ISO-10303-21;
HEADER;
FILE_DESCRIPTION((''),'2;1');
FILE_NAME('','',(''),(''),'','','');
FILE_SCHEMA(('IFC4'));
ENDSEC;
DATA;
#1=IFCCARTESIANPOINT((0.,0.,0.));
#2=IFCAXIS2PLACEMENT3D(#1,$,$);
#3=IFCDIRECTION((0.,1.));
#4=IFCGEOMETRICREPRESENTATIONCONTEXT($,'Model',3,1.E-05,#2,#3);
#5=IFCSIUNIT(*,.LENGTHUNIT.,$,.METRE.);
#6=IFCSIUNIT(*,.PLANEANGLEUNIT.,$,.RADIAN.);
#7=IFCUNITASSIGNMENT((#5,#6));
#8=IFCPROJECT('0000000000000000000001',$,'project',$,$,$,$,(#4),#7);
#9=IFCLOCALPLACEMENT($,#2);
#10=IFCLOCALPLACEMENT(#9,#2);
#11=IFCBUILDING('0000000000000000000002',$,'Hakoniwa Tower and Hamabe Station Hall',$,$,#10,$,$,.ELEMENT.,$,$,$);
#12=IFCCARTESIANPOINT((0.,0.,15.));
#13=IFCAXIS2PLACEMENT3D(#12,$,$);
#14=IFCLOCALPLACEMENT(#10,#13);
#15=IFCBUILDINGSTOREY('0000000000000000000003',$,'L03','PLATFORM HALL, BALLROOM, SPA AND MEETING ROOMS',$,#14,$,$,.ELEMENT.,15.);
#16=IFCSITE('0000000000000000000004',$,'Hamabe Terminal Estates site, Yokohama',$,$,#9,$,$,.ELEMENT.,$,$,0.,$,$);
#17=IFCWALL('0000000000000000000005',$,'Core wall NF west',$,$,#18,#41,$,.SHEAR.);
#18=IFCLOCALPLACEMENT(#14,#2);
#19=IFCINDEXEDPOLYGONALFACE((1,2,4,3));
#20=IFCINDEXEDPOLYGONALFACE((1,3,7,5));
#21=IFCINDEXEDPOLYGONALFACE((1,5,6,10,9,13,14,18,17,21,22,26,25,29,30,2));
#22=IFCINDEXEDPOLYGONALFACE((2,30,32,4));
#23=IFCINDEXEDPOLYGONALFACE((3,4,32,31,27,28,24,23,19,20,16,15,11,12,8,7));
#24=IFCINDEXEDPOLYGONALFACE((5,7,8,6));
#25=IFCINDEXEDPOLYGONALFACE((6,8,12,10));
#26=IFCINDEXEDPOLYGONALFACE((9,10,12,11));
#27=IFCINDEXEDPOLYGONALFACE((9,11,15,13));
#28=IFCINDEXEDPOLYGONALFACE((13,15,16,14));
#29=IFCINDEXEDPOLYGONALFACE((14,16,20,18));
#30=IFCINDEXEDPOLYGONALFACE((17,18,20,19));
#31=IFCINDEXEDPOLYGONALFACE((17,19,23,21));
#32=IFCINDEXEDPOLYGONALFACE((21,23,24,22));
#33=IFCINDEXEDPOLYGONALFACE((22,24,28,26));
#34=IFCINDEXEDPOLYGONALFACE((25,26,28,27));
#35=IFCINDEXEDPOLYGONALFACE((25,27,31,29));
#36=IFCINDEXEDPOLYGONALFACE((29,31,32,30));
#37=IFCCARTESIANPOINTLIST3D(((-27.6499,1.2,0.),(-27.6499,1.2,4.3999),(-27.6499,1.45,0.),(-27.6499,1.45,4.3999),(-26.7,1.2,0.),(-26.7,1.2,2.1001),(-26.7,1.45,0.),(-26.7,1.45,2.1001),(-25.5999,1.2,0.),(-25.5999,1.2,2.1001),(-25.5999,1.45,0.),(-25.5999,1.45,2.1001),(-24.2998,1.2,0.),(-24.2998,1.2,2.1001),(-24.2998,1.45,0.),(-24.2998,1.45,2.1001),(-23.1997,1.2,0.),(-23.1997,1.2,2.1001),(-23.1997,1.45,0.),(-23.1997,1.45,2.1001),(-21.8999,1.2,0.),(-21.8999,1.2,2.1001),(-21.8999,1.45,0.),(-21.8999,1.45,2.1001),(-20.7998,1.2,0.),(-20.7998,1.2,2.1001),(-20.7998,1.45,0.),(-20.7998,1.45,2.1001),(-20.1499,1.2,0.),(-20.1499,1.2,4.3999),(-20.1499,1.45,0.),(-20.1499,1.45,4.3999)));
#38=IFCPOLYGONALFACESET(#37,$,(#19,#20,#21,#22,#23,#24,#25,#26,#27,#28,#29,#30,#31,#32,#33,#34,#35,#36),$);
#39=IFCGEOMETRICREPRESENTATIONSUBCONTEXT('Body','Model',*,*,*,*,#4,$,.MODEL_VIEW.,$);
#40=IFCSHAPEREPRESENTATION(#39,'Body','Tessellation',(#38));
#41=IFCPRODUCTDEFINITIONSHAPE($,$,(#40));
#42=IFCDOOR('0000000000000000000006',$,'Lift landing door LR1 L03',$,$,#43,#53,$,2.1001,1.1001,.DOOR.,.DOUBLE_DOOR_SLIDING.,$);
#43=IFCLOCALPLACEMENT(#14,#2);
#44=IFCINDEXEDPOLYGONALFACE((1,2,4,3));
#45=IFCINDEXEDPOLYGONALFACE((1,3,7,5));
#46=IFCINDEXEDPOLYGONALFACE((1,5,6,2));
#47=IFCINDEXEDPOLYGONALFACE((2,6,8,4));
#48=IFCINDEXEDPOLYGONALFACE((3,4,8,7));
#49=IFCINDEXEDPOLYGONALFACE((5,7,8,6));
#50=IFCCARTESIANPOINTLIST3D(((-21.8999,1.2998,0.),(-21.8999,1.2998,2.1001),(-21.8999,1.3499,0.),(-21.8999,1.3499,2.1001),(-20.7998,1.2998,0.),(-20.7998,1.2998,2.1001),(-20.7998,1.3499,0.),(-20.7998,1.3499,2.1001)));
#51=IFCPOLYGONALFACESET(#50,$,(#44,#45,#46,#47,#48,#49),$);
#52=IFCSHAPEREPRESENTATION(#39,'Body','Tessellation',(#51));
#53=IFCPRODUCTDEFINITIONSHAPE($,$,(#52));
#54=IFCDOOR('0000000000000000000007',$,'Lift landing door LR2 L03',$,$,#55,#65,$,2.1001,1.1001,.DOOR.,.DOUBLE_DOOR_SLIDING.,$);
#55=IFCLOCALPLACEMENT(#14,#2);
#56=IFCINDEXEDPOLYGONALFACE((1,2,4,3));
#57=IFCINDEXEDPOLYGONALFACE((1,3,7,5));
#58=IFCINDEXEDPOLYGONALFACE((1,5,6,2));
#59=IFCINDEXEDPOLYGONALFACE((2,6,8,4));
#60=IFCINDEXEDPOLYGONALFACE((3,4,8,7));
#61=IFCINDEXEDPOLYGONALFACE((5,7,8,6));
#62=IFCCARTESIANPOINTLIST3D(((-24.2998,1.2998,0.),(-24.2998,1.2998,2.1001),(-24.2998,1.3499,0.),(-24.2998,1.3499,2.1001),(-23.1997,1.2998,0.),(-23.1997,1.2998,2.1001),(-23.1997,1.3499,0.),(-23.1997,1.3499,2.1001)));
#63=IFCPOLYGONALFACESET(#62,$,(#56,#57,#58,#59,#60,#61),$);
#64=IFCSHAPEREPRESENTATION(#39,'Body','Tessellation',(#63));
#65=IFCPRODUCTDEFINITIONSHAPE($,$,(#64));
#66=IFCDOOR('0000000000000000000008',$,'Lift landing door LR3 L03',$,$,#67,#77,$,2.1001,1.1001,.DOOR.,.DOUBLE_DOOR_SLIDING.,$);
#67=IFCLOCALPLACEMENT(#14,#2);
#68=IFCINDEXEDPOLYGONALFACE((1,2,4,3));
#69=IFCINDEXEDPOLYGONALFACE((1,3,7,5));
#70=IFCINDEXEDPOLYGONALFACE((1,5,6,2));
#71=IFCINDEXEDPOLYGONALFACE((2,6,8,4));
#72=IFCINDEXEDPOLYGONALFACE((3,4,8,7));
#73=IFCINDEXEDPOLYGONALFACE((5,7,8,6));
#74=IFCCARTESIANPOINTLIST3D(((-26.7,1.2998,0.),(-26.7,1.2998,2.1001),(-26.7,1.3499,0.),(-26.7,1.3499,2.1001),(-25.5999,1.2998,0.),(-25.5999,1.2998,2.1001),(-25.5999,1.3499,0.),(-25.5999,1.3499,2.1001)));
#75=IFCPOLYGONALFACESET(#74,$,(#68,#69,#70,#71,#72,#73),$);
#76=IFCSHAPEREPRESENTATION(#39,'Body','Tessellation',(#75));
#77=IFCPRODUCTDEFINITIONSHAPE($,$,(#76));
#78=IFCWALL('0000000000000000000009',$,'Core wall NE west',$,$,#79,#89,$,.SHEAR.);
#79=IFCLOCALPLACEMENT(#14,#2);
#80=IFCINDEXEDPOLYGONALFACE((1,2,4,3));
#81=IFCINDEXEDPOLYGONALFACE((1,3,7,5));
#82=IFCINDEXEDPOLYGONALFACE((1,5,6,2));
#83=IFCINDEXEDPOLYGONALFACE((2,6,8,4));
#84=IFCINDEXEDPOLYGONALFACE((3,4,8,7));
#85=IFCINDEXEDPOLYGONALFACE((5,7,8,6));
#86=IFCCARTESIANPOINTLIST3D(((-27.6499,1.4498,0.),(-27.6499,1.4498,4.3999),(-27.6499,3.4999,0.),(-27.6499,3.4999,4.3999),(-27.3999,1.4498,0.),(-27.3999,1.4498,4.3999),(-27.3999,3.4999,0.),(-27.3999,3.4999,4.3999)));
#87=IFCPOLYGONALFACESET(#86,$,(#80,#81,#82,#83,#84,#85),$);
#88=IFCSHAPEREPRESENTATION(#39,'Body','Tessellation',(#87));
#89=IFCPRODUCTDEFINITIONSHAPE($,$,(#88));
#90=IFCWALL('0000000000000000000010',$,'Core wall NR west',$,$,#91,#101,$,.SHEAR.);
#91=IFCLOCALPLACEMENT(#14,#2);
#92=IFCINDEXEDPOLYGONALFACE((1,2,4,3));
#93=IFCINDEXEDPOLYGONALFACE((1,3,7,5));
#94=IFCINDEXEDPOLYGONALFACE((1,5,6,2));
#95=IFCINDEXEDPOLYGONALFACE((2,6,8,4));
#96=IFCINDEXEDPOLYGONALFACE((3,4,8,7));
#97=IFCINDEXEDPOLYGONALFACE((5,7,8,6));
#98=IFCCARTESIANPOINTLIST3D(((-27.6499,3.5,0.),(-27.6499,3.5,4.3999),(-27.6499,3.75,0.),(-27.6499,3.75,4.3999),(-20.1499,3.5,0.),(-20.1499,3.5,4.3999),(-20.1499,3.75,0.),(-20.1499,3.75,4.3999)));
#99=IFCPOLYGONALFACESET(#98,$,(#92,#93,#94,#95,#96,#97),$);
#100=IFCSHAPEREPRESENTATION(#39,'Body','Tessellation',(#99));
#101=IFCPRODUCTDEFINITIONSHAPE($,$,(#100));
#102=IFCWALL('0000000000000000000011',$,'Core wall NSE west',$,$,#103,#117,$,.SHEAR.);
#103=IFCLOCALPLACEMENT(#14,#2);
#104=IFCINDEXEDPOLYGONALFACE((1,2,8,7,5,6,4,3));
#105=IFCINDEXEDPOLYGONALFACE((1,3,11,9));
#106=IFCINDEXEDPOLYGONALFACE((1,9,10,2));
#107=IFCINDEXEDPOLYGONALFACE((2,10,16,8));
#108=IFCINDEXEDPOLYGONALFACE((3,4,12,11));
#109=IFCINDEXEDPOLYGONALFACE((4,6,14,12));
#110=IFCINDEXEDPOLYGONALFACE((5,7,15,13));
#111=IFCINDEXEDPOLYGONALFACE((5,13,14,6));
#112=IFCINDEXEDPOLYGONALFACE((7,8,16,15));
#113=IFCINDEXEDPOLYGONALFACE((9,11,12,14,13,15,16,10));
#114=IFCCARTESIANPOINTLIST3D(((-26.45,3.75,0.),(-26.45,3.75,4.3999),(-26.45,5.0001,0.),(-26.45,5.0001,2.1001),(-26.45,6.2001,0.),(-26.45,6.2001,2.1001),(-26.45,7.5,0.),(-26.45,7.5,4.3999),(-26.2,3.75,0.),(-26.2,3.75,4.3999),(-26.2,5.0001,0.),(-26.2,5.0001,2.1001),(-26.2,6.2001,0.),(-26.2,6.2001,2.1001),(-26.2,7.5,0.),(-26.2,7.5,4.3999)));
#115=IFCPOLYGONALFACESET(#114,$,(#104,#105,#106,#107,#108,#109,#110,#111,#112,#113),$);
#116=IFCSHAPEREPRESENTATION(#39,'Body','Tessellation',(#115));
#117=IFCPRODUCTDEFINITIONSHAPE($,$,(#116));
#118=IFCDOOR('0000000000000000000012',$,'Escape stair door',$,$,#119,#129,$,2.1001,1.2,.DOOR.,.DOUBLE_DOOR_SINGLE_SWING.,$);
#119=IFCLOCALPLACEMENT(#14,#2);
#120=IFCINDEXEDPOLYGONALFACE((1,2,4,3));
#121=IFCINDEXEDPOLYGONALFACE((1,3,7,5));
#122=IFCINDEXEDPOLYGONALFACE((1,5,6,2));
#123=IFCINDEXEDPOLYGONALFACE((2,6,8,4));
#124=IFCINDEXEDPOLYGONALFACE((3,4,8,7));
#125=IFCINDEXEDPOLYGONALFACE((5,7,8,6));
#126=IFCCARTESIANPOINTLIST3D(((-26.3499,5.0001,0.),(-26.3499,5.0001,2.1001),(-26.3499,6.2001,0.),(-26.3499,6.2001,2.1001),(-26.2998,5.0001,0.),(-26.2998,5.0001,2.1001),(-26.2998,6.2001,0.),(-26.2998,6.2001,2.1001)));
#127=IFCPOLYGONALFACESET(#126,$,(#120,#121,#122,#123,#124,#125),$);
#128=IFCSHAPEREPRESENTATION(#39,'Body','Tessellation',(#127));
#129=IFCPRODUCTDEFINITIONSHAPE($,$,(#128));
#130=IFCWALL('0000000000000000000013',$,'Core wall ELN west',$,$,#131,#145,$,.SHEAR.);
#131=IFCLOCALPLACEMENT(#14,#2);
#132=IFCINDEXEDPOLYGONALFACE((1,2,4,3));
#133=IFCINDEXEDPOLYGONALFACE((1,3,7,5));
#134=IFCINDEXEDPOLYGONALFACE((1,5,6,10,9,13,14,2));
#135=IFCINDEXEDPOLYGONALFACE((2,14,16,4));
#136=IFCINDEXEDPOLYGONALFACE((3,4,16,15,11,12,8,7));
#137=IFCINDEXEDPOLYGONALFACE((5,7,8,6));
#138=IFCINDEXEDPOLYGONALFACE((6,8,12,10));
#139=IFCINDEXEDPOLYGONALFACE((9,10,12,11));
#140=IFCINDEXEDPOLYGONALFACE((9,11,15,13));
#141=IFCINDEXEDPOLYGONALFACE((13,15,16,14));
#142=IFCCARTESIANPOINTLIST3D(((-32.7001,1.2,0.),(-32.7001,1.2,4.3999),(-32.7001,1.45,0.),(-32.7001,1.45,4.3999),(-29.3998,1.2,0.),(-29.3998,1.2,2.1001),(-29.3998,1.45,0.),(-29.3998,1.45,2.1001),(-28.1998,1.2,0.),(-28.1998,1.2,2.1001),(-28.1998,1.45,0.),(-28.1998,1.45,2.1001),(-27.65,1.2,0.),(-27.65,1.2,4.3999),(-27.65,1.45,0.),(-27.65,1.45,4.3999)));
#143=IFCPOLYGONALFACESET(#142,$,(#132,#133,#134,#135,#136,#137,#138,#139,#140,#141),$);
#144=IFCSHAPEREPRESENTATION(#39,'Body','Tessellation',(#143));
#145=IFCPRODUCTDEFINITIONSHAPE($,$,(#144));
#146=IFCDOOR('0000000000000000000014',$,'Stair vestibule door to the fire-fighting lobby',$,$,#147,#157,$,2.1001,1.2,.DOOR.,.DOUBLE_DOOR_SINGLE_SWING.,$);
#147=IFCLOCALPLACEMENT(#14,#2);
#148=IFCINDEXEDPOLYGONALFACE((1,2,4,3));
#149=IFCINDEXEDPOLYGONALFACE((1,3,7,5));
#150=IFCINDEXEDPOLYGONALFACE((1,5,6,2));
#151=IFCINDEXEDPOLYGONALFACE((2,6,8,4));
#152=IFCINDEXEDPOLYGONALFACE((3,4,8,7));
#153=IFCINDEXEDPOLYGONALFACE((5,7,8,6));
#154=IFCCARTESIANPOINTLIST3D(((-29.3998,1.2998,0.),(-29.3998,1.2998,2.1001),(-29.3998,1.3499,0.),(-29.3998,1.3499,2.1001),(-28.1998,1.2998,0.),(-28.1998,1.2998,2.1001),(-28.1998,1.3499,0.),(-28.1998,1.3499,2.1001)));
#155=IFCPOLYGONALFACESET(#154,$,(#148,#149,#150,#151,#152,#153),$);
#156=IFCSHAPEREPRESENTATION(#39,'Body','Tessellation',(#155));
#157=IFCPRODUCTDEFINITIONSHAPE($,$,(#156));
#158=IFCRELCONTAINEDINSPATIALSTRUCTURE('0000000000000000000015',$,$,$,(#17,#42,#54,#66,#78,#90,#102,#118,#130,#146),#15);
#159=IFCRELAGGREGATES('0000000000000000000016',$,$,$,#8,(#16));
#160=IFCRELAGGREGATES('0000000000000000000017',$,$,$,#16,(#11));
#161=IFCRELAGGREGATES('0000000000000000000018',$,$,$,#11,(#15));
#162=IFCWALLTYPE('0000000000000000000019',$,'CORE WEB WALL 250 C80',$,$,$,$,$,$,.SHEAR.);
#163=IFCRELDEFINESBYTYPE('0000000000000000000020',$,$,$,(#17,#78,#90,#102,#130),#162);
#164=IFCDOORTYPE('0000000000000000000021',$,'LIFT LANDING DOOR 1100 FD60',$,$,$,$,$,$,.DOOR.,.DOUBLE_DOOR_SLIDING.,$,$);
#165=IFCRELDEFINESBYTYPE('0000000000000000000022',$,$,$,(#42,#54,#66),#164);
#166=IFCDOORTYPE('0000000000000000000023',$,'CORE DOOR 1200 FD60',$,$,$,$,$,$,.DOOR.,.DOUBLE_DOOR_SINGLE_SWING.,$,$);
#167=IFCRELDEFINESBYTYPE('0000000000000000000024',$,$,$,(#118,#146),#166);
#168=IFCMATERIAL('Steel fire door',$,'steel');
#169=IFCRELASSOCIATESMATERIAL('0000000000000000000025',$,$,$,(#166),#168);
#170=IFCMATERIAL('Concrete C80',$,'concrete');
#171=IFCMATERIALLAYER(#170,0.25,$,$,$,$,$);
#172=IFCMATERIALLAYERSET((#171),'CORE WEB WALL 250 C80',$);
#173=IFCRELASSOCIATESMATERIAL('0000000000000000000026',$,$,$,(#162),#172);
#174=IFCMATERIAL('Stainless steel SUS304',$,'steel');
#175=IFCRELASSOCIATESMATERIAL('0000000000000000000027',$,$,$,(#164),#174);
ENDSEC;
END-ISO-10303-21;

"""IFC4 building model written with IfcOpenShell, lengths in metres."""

from ifc_helpers import new_model, si_unit, direction, frame, frame_2d, origin, place, context, subcontext, project, spatial, rectangle, extrude, material, layer, layer_set, type_object, element, fill, save


model = new_model("IFC4")

# Units and contexts
model_context = context("Model", 3, precision=1e-05, world=origin(), true_north=direction((0.0, 1.0)))
body_context = subcontext(model_context, "Body", "Model", "MODEL_VIEW")
ifc_project = project(units=[si_unit("LENGTHUNIT", "METRE"), si_unit("PLANEANGLEUNIT", "RADIAN")], contexts=[model_context])

# Site, building, storey
site_placement = place(None, origin())
site = spatial("IfcSite", under=ifc_project, at=site_placement, Name="Hamabe Terminal Estates site, Yokohama", CompositionType="ELEMENT", RefElevation=0.0)
building_placement = place(site_placement, origin())
building = spatial("IfcBuilding", under=site, at=building_placement, Name="Hakoniwa Tower and Hamabe Station Hall", CompositionType="ELEMENT")
storey_placement = place(building_placement, frame((0.0, 0.0, 15.0)))
storey = spatial("IfcBuildingStorey", under=building, at=storey_placement, Name="L03", Description="PLATFORM HALL, BALLROOM, SPA AND MEETING ROOMS", CompositionType="ELEMENT", Elevation=15.0)

# Shared definitions
ifc_material_1 = material(Name="Steel fire door", Category="steel")
door_type_1 = type_object("IfcDoorType", Name="CORE DOOR 1200 FD60", OperationType="DOUBLE_DOOR_SINGLE_SWING", PredefinedType="DOOR", material=ifc_material_1)

# Shared definitions
ifc_material_2 = material(Name="Concrete C80", Category="concrete")
ifc_layer_1 = layer(ifc_material_2, 0.25)
ifc_layer_set_1 = layer_set([ifc_layer_1], Name="CORE WEB WALL 250 C80")
wall_type_1 = type_object("IfcWallType", Name="CORE WEB WALL 250 C80", PredefinedType="SHEAR", material=ifc_layer_set_1)

# Wall, openings, doors
wall_1_placement = place(storey_placement, frame((-27.6499, 1.325, 0.0), z_axis=(0.0, 0.0, 1.0), x_axis=(1.0, 0.0, 0.0)))
wall_1 = element("IfcWall", 1, at=wall_1_placement, inside=storey, type_object=wall_type_1, Name="Core wall NF west", PredefinedType="SHEAR", context=body_context, shape_type="SweptSolid", body=[
    extrude(rectangle(XDim=7.5, YDim=0.25, at=frame_2d((3.75, 0.0))), origin(), (0.0, 0.0, 1.0), 4.3999),
])
opening_1_placement = place(wall_1_placement, frame((5.75, 0.0, 0.0)))
opening_1 = element("IfcOpeningElement", 2, at=opening_1_placement, cuts=wall_1, PredefinedType="OPENING", context=body_context, shape_type="SweptSolid", body=[
    extrude(rectangle(XDim=1.1001, YDim=2.1001, at=frame_2d((0.55, 1.05))), frame((0.0, 0.135, 0.0), z_axis=(0.0, -1.0, 0.0), x_axis=(1.0, 0.0, 0.0)), (0.0, 0.0, 1.0), 0.27),
])
opening_2_placement = place(wall_1_placement, frame((3.3501, 0.0, 0.0)))
opening_2 = element("IfcOpeningElement", 3, at=opening_2_placement, cuts=wall_1, PredefinedType="OPENING", context=body_context, shape_type="SweptSolid", body=[
    extrude(rectangle(XDim=1.1001, YDim=2.1001, at=frame_2d((0.55, 1.05))), frame((0.0, 0.135, 0.0), z_axis=(0.0, -1.0, 0.0), x_axis=(1.0, 0.0, 0.0)), (0.0, 0.0, 1.0), 0.27),
])
opening_3_placement = place(wall_1_placement, frame((0.95, 0.0, 0.0)))
opening_3 = element("IfcOpeningElement", 4, at=opening_3_placement, cuts=wall_1, PredefinedType="OPENING", context=body_context, shape_type="SweptSolid", body=[
    extrude(rectangle(XDim=1.1001, YDim=2.1001, at=frame_2d((0.55, 1.05))), frame((0.0, 0.135, 0.0), z_axis=(0.0, -1.0, 0.0), x_axis=(1.0, 0.0, 0.0)), (0.0, 0.0, 1.0), 0.27),
])
ifc_material_3 = material(Name="Stainless steel SUS304", Category="steel")
door_type_2 = type_object("IfcDoorType", Name="LIFT LANDING DOOR 1100 FD60", OperationType="DOUBLE_DOOR_SLIDING", PredefinedType="DOOR", material=ifc_material_3)
door_1_placement = place(opening_1_placement, origin())
door_1 = element("IfcDoor", 5, at=door_1_placement, inside=storey, type_object=door_type_2, Name="Lift landing door LR1 L03", OperationType="DOUBLE_DOOR_SLIDING", OverallHeight=2.1001, OverallWidth=1.1001, PredefinedType="DOOR", context=body_context, shape_type="SweptSolid", body=[
    extrude(rectangle(XDim=1.1001, YDim=2.1001, at=frame_2d((0.55, 1.05))), frame((0.0, 0.0249, 0.0), z_axis=(0.0, -1.0, 0.0), x_axis=(1.0, 0.0, 0.0)), (0.0, 0.0, 1.0), 0.05),
])
fill(opening_1, door_1)
door_2_placement = place(opening_2_placement, origin())
door_2 = element("IfcDoor", 6, at=door_2_placement, inside=storey, type_object=door_type_2, Name="Lift landing door LR2 L03", OperationType="DOUBLE_DOOR_SLIDING", OverallHeight=2.1001, OverallWidth=1.1001, PredefinedType="DOOR", context=body_context, shape_type="SweptSolid", body=[
    extrude(rectangle(XDim=1.1001, YDim=2.1001, at=frame_2d((0.55, 1.05))), frame((0.0, 0.0249, 0.0), z_axis=(0.0, -1.0, 0.0), x_axis=(1.0, 0.0, 0.0)), (0.0, 0.0, 1.0), 0.05),
])
fill(opening_2, door_2)
door_3_placement = place(opening_3_placement, origin())
door_3 = element("IfcDoor", 7, at=door_3_placement, inside=storey, type_object=door_type_2, Name="Lift landing door LR3 L03", OperationType="DOUBLE_DOOR_SLIDING", OverallHeight=2.1001, OverallWidth=1.1001, PredefinedType="DOOR", context=body_context, shape_type="SweptSolid", body=[
    extrude(rectangle(XDim=1.1001, YDim=2.1001, at=frame_2d((0.55, 1.05))), frame((0.0, 0.0249, 0.0), z_axis=(0.0, -1.0, 0.0), x_axis=(1.0, 0.0, 0.0)), (0.0, 0.0, 1.0), 0.05),
])
fill(opening_3, door_3)

# Walls
wall_2_placement = place(storey_placement, frame((-27.5249, 1.45, 0.0), z_axis=(0.0, 0.0, 1.0), x_axis=(0.0, 1.0, 0.0)))
element("IfcWall", 8, at=wall_2_placement, inside=storey, type_object=wall_type_1, Name="Core wall NE west", PredefinedType="SHEAR", context=body_context, shape_type="SweptSolid", body=[
    extrude(rectangle(XDim=2.05, YDim=0.25, at=frame_2d((1.0249, 0.0))), origin(), (0.0, 0.0, 1.0), 4.3999),
])
wall_3_placement = place(storey_placement, frame((-27.6499, 3.625, 0.0), z_axis=(0.0, 0.0, 1.0), x_axis=(1.0, 0.0, 0.0)))
element("IfcWall", 9, at=wall_3_placement, inside=storey, type_object=wall_type_1, Name="Core wall NR west", PredefinedType="SHEAR", context=body_context, shape_type="SweptSolid", body=[
    extrude(rectangle(XDim=7.5, YDim=0.25, at=frame_2d((3.75, 0.0))), origin(), (0.0, 0.0, 1.0), 4.3999),
])

# Walls, openings, doors
wall_4_placement = place(storey_placement, frame((-26.325, 3.75, 0.0), z_axis=(0.0, 0.0, 1.0), x_axis=(0.0, 1.0, 0.0)))
wall_4 = element("IfcWall", 10, at=wall_4_placement, inside=storey, type_object=wall_type_1, Name="Core wall NSE west", PredefinedType="SHEAR", context=body_context, shape_type="SweptSolid", body=[
    extrude(rectangle(XDim=3.75, YDim=0.25, at=frame_2d((1.875, 0.0))), origin(), (0.0, 0.0, 1.0), 4.3999),
])
opening_4_placement = place(wall_4_placement, frame((1.25, 0.0, 0.0)))
opening_4 = element("IfcOpeningElement", 11, at=opening_4_placement, cuts=wall_4, PredefinedType="OPENING", context=body_context, shape_type="SweptSolid", body=[
    extrude(rectangle(XDim=1.2, YDim=2.1001, at=frame_2d((0.6001, 1.05))), frame((0.0, 0.135, 0.0), z_axis=(0.0, -1.0, 0.0), x_axis=(1.0, 0.0, 0.0)), (0.0, 0.0, 1.0), 0.27),
])
door_4_placement = place(opening_4_placement, origin())
door_4 = element("IfcDoor", 12, at=door_4_placement, inside=storey, type_object=door_type_1, Name="Escape stair door", OperationType="DOUBLE_DOOR_SINGLE_SWING", OverallHeight=2.1001, OverallWidth=1.2, PredefinedType="DOOR", context=body_context, shape_type="SweptSolid", body=[
    extrude(rectangle(XDim=1.2, YDim=2.1001, at=frame_2d((0.6001, 1.05))), frame((0.0, 0.0249, 0.0), z_axis=(0.0, -1.0, 0.0), x_axis=(1.0, 0.0, 0.0)), (0.0, 0.0, 1.0), 0.05),
])
fill(opening_4, door_4)
wall_5_placement = place(storey_placement, frame((-32.7, 1.325, 0.0), z_axis=(0.0, 0.0, 1.0), x_axis=(1.0, 0.0, 0.0)))
wall_5 = element("IfcWall", 13, at=wall_5_placement, inside=storey, type_object=wall_type_1, Name="Core wall ELN west", PredefinedType="SHEAR", context=body_context, shape_type="SweptSolid", body=[
    extrude(rectangle(XDim=5.05, YDim=0.25, at=frame_2d((2.5249, 0.0))), origin(), (0.0, 0.0, 1.0), 4.3999),
])
opening_5_placement = place(wall_5_placement, frame((3.3, 0.0, 0.0)))
opening_5 = element("IfcOpeningElement", 14, at=opening_5_placement, cuts=wall_5, PredefinedType="OPENING", context=body_context, shape_type="SweptSolid", body=[
    extrude(rectangle(XDim=1.2, YDim=2.1001, at=frame_2d((0.6001, 1.05))), frame((0.0, 0.135, 0.0), z_axis=(0.0, -1.0, 0.0), x_axis=(1.0, 0.0, 0.0)), (0.0, 0.0, 1.0), 0.27),
])
door_5_placement = place(opening_5_placement, origin())
door_5 = element("IfcDoor", 15, at=door_5_placement, inside=storey, type_object=door_type_1, Name="Stair vestibule door to the fire-fighting lobby", OperationType="DOUBLE_DOOR_SINGLE_SWING", OverallHeight=2.1001, OverallWidth=1.2, PredefinedType="DOOR", context=body_context, shape_type="SweptSolid", body=[
    extrude(rectangle(XDim=1.2, YDim=2.1001, at=frame_2d((0.6001, 1.05))), frame((0.0, 0.0249, 0.0), z_axis=(0.0, -1.0, 0.0), x_axis=(1.0, 0.0, 0.0)), (0.0, 0.0, 1.0), 0.05),
])
fill(opening_5, door_5)

save(model, "model.ifc")
